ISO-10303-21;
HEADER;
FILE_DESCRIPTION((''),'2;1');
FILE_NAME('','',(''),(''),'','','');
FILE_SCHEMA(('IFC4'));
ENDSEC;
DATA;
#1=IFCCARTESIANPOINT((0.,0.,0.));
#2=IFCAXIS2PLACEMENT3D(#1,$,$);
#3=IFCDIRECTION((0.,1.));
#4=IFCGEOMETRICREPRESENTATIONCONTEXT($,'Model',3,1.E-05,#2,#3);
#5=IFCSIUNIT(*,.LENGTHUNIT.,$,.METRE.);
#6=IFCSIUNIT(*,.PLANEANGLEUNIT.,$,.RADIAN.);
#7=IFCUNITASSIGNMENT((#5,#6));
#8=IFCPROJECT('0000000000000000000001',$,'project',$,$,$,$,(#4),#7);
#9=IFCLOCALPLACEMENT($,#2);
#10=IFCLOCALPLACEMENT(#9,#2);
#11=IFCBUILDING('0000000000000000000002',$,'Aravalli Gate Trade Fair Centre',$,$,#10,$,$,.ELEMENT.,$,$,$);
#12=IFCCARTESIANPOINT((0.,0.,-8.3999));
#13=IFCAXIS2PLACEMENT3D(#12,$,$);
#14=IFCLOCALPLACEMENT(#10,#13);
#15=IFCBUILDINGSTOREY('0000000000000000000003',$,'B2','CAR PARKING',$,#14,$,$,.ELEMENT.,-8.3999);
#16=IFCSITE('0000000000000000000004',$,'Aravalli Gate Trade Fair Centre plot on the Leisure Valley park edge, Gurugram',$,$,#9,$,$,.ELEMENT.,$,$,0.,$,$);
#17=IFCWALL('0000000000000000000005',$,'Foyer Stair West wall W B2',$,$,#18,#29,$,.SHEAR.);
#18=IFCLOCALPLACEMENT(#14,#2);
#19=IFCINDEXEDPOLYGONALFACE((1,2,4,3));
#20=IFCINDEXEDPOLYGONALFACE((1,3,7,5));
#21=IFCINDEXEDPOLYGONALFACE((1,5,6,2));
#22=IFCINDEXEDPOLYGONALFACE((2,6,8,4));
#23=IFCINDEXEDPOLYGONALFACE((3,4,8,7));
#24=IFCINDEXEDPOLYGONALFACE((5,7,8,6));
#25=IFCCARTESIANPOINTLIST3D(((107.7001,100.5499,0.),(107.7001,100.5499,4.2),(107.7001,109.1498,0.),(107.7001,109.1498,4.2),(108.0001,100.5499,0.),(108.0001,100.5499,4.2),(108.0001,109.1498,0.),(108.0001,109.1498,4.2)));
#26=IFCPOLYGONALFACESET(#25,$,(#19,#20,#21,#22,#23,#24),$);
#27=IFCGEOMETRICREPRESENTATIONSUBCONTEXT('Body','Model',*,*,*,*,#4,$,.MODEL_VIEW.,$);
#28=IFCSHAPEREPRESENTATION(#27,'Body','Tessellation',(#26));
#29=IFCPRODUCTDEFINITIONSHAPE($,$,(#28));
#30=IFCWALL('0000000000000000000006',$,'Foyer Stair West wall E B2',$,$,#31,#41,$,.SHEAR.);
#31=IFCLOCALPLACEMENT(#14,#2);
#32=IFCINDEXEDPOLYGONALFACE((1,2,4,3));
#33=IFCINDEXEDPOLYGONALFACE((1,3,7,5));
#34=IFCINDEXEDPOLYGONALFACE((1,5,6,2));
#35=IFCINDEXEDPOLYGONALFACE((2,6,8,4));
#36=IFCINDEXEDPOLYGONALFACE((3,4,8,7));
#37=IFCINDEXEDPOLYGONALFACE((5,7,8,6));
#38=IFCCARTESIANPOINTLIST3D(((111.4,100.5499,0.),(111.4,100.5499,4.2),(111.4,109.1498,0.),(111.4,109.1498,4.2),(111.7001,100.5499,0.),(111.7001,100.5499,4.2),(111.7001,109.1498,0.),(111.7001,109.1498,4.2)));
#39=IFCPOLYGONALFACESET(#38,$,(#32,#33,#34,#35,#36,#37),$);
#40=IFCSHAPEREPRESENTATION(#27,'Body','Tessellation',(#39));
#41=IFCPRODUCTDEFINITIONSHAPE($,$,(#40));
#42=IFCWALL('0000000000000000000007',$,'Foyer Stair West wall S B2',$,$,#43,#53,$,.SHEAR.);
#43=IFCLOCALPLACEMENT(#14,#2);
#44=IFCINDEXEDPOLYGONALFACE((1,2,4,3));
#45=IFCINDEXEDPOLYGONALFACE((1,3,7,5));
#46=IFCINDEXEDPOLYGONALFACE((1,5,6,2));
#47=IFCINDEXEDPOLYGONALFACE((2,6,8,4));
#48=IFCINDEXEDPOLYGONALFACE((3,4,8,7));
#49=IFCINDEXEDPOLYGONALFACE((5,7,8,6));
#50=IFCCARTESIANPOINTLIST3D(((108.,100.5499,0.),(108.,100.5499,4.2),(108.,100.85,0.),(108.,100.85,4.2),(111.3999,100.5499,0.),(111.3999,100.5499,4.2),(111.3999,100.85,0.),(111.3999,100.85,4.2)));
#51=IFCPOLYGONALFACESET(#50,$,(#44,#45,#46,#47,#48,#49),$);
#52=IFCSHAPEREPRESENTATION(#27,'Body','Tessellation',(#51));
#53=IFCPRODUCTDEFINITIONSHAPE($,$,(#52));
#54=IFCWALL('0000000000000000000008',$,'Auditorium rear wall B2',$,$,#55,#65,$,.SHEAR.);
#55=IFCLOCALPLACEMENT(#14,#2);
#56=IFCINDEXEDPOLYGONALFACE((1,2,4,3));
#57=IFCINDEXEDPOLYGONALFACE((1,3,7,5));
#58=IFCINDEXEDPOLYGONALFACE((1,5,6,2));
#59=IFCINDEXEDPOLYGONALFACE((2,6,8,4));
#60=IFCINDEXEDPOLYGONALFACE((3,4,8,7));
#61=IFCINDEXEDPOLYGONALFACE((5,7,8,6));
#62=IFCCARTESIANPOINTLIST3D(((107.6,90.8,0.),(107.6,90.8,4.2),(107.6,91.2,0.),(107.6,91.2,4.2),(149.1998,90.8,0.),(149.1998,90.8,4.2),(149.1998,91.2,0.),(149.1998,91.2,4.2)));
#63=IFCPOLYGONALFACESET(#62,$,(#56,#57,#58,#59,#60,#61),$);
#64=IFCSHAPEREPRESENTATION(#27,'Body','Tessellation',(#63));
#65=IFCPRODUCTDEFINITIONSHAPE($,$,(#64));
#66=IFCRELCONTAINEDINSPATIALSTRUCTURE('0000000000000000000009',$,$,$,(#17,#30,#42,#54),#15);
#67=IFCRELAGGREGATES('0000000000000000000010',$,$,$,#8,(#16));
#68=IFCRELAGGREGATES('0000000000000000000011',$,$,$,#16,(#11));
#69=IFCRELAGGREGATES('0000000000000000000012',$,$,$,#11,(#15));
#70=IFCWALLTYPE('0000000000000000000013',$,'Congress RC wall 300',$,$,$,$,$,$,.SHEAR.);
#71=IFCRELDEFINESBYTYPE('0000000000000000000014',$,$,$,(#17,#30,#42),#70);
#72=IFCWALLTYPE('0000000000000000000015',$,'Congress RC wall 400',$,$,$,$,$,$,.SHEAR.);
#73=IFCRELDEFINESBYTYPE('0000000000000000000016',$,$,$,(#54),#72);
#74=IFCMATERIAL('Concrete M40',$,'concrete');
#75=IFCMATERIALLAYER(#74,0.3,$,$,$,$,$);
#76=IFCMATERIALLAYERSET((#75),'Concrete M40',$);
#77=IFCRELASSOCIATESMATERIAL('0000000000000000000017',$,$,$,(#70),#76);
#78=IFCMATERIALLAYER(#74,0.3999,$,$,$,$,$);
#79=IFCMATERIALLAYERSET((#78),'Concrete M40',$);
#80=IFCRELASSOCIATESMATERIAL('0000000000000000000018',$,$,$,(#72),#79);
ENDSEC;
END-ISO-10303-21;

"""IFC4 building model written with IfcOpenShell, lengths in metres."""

from ifc_helpers import new_model, si_unit, direction, frame, frame_2d, origin, place, context, subcontext, project, spatial, rectangle, extrude, material, layer, layer_set, type_object, element, save


model = new_model("IFC4")

# Units and contexts
model_context = context("Model", 3, precision=1e-05, world=origin(), true_north=direction((0.0, 1.0)))
body_context = subcontext(model_context, "Body", "Model", "MODEL_VIEW")
ifc_project = project(units=[si_unit("LENGTHUNIT", "METRE"), si_unit("PLANEANGLEUNIT", "RADIAN")], contexts=[model_context])

# Site, building, storey
site_placement = place(None, origin())
site = spatial("IfcSite", under=ifc_project, at=site_placement, Name="Aravalli Gate Trade Fair Centre plot on the Leisure Valley park edge, Gurugram", CompositionType="ELEMENT", RefElevation=0.0)
building_placement = place(site_placement, origin())
building = spatial("IfcBuilding", under=site, at=building_placement, Name="Aravalli Gate Trade Fair Centre", CompositionType="ELEMENT")
storey_placement = place(building_placement, frame((0.0, 0.0, -8.3999)))
storey = spatial("IfcBuildingStorey", under=building, at=storey_placement, Name="B2", Description="CAR PARKING", CompositionType="ELEMENT", Elevation=-8.3999)

# Walls
ifc_material_1 = material(Name="Concrete M40", Category="concrete")
ifc_layer_1 = layer(ifc_material_1, 0.3)
ifc_layer_set_1 = layer_set([ifc_layer_1], Name="Concrete M40")
wall_type_1 = type_object("IfcWallType", Name="Congress RC wall 300", PredefinedType="SHEAR", material=ifc_layer_set_1)
for number, where, z_axis, x_axis, name in (
    (1, (107.8501, 100.55, 0.0), (0.0, 0.0, 1.0), (0.0, 1.0, 0.0), "Foyer Stair West wall W B2"),
    (2, (111.55, 100.55, 0.0), (0.0, 0.0, 1.0), (0.0, 1.0, 0.0), "Foyer Stair West wall E B2"),
):
    element("IfcWall", number, at=place(storey_placement, frame(where, z_axis=z_axis, x_axis=x_axis)), inside=storey, type_object=wall_type_1, Name=name, PredefinedType="SHEAR", context=body_context, shape_type="SweptSolid", body=[
        extrude(rectangle(XDim=8.5999, YDim=0.3, at=frame_2d((4.2998, 0.0))), origin(), (0.0, 0.0, 1.0), 4.2),
    ])
wall_1_placement = place(storey_placement, frame((108.0, 100.7, 0.0), z_axis=(0.0, 0.0, 1.0), x_axis=(1.0, 0.0, 0.0)))
element("IfcWall", 3, at=wall_1_placement, inside=storey, type_object=wall_type_1, Name="Foyer Stair West wall S B2", PredefinedType="SHEAR", context=body_context, shape_type="SweptSolid", body=[
    extrude(rectangle(XDim=3.3999, YDim=0.3, at=frame_2d((1.7, 0.0))), origin(), (0.0, 0.0, 1.0), 4.2),
])
ifc_layer_2 = layer(ifc_material_1, 0.3999)
ifc_layer_set_2 = layer_set([ifc_layer_2], Name="Concrete M40")
wall_type_2 = type_object("IfcWallType", Name="Congress RC wall 400", PredefinedType="SHEAR", material=ifc_layer_set_2)
wall_2_placement = place(storey_placement, frame((107.6001, 91.0, 0.0), z_axis=(0.0, 0.0, 1.0), x_axis=(1.0, 0.0, 0.0)))
element("IfcWall", 4, at=wall_2_placement, inside=storey, type_object=wall_type_2, Name="Auditorium rear wall B2", PredefinedType="SHEAR", context=body_context, shape_type="SweptSolid", body=[
    extrude(rectangle(XDim=41.5999, YDim=0.3999, at=frame_2d((20.7998, 0.0))), origin(), (0.0, 0.0, 1.0), 4.2),
])

save(model, "model.ifc")
